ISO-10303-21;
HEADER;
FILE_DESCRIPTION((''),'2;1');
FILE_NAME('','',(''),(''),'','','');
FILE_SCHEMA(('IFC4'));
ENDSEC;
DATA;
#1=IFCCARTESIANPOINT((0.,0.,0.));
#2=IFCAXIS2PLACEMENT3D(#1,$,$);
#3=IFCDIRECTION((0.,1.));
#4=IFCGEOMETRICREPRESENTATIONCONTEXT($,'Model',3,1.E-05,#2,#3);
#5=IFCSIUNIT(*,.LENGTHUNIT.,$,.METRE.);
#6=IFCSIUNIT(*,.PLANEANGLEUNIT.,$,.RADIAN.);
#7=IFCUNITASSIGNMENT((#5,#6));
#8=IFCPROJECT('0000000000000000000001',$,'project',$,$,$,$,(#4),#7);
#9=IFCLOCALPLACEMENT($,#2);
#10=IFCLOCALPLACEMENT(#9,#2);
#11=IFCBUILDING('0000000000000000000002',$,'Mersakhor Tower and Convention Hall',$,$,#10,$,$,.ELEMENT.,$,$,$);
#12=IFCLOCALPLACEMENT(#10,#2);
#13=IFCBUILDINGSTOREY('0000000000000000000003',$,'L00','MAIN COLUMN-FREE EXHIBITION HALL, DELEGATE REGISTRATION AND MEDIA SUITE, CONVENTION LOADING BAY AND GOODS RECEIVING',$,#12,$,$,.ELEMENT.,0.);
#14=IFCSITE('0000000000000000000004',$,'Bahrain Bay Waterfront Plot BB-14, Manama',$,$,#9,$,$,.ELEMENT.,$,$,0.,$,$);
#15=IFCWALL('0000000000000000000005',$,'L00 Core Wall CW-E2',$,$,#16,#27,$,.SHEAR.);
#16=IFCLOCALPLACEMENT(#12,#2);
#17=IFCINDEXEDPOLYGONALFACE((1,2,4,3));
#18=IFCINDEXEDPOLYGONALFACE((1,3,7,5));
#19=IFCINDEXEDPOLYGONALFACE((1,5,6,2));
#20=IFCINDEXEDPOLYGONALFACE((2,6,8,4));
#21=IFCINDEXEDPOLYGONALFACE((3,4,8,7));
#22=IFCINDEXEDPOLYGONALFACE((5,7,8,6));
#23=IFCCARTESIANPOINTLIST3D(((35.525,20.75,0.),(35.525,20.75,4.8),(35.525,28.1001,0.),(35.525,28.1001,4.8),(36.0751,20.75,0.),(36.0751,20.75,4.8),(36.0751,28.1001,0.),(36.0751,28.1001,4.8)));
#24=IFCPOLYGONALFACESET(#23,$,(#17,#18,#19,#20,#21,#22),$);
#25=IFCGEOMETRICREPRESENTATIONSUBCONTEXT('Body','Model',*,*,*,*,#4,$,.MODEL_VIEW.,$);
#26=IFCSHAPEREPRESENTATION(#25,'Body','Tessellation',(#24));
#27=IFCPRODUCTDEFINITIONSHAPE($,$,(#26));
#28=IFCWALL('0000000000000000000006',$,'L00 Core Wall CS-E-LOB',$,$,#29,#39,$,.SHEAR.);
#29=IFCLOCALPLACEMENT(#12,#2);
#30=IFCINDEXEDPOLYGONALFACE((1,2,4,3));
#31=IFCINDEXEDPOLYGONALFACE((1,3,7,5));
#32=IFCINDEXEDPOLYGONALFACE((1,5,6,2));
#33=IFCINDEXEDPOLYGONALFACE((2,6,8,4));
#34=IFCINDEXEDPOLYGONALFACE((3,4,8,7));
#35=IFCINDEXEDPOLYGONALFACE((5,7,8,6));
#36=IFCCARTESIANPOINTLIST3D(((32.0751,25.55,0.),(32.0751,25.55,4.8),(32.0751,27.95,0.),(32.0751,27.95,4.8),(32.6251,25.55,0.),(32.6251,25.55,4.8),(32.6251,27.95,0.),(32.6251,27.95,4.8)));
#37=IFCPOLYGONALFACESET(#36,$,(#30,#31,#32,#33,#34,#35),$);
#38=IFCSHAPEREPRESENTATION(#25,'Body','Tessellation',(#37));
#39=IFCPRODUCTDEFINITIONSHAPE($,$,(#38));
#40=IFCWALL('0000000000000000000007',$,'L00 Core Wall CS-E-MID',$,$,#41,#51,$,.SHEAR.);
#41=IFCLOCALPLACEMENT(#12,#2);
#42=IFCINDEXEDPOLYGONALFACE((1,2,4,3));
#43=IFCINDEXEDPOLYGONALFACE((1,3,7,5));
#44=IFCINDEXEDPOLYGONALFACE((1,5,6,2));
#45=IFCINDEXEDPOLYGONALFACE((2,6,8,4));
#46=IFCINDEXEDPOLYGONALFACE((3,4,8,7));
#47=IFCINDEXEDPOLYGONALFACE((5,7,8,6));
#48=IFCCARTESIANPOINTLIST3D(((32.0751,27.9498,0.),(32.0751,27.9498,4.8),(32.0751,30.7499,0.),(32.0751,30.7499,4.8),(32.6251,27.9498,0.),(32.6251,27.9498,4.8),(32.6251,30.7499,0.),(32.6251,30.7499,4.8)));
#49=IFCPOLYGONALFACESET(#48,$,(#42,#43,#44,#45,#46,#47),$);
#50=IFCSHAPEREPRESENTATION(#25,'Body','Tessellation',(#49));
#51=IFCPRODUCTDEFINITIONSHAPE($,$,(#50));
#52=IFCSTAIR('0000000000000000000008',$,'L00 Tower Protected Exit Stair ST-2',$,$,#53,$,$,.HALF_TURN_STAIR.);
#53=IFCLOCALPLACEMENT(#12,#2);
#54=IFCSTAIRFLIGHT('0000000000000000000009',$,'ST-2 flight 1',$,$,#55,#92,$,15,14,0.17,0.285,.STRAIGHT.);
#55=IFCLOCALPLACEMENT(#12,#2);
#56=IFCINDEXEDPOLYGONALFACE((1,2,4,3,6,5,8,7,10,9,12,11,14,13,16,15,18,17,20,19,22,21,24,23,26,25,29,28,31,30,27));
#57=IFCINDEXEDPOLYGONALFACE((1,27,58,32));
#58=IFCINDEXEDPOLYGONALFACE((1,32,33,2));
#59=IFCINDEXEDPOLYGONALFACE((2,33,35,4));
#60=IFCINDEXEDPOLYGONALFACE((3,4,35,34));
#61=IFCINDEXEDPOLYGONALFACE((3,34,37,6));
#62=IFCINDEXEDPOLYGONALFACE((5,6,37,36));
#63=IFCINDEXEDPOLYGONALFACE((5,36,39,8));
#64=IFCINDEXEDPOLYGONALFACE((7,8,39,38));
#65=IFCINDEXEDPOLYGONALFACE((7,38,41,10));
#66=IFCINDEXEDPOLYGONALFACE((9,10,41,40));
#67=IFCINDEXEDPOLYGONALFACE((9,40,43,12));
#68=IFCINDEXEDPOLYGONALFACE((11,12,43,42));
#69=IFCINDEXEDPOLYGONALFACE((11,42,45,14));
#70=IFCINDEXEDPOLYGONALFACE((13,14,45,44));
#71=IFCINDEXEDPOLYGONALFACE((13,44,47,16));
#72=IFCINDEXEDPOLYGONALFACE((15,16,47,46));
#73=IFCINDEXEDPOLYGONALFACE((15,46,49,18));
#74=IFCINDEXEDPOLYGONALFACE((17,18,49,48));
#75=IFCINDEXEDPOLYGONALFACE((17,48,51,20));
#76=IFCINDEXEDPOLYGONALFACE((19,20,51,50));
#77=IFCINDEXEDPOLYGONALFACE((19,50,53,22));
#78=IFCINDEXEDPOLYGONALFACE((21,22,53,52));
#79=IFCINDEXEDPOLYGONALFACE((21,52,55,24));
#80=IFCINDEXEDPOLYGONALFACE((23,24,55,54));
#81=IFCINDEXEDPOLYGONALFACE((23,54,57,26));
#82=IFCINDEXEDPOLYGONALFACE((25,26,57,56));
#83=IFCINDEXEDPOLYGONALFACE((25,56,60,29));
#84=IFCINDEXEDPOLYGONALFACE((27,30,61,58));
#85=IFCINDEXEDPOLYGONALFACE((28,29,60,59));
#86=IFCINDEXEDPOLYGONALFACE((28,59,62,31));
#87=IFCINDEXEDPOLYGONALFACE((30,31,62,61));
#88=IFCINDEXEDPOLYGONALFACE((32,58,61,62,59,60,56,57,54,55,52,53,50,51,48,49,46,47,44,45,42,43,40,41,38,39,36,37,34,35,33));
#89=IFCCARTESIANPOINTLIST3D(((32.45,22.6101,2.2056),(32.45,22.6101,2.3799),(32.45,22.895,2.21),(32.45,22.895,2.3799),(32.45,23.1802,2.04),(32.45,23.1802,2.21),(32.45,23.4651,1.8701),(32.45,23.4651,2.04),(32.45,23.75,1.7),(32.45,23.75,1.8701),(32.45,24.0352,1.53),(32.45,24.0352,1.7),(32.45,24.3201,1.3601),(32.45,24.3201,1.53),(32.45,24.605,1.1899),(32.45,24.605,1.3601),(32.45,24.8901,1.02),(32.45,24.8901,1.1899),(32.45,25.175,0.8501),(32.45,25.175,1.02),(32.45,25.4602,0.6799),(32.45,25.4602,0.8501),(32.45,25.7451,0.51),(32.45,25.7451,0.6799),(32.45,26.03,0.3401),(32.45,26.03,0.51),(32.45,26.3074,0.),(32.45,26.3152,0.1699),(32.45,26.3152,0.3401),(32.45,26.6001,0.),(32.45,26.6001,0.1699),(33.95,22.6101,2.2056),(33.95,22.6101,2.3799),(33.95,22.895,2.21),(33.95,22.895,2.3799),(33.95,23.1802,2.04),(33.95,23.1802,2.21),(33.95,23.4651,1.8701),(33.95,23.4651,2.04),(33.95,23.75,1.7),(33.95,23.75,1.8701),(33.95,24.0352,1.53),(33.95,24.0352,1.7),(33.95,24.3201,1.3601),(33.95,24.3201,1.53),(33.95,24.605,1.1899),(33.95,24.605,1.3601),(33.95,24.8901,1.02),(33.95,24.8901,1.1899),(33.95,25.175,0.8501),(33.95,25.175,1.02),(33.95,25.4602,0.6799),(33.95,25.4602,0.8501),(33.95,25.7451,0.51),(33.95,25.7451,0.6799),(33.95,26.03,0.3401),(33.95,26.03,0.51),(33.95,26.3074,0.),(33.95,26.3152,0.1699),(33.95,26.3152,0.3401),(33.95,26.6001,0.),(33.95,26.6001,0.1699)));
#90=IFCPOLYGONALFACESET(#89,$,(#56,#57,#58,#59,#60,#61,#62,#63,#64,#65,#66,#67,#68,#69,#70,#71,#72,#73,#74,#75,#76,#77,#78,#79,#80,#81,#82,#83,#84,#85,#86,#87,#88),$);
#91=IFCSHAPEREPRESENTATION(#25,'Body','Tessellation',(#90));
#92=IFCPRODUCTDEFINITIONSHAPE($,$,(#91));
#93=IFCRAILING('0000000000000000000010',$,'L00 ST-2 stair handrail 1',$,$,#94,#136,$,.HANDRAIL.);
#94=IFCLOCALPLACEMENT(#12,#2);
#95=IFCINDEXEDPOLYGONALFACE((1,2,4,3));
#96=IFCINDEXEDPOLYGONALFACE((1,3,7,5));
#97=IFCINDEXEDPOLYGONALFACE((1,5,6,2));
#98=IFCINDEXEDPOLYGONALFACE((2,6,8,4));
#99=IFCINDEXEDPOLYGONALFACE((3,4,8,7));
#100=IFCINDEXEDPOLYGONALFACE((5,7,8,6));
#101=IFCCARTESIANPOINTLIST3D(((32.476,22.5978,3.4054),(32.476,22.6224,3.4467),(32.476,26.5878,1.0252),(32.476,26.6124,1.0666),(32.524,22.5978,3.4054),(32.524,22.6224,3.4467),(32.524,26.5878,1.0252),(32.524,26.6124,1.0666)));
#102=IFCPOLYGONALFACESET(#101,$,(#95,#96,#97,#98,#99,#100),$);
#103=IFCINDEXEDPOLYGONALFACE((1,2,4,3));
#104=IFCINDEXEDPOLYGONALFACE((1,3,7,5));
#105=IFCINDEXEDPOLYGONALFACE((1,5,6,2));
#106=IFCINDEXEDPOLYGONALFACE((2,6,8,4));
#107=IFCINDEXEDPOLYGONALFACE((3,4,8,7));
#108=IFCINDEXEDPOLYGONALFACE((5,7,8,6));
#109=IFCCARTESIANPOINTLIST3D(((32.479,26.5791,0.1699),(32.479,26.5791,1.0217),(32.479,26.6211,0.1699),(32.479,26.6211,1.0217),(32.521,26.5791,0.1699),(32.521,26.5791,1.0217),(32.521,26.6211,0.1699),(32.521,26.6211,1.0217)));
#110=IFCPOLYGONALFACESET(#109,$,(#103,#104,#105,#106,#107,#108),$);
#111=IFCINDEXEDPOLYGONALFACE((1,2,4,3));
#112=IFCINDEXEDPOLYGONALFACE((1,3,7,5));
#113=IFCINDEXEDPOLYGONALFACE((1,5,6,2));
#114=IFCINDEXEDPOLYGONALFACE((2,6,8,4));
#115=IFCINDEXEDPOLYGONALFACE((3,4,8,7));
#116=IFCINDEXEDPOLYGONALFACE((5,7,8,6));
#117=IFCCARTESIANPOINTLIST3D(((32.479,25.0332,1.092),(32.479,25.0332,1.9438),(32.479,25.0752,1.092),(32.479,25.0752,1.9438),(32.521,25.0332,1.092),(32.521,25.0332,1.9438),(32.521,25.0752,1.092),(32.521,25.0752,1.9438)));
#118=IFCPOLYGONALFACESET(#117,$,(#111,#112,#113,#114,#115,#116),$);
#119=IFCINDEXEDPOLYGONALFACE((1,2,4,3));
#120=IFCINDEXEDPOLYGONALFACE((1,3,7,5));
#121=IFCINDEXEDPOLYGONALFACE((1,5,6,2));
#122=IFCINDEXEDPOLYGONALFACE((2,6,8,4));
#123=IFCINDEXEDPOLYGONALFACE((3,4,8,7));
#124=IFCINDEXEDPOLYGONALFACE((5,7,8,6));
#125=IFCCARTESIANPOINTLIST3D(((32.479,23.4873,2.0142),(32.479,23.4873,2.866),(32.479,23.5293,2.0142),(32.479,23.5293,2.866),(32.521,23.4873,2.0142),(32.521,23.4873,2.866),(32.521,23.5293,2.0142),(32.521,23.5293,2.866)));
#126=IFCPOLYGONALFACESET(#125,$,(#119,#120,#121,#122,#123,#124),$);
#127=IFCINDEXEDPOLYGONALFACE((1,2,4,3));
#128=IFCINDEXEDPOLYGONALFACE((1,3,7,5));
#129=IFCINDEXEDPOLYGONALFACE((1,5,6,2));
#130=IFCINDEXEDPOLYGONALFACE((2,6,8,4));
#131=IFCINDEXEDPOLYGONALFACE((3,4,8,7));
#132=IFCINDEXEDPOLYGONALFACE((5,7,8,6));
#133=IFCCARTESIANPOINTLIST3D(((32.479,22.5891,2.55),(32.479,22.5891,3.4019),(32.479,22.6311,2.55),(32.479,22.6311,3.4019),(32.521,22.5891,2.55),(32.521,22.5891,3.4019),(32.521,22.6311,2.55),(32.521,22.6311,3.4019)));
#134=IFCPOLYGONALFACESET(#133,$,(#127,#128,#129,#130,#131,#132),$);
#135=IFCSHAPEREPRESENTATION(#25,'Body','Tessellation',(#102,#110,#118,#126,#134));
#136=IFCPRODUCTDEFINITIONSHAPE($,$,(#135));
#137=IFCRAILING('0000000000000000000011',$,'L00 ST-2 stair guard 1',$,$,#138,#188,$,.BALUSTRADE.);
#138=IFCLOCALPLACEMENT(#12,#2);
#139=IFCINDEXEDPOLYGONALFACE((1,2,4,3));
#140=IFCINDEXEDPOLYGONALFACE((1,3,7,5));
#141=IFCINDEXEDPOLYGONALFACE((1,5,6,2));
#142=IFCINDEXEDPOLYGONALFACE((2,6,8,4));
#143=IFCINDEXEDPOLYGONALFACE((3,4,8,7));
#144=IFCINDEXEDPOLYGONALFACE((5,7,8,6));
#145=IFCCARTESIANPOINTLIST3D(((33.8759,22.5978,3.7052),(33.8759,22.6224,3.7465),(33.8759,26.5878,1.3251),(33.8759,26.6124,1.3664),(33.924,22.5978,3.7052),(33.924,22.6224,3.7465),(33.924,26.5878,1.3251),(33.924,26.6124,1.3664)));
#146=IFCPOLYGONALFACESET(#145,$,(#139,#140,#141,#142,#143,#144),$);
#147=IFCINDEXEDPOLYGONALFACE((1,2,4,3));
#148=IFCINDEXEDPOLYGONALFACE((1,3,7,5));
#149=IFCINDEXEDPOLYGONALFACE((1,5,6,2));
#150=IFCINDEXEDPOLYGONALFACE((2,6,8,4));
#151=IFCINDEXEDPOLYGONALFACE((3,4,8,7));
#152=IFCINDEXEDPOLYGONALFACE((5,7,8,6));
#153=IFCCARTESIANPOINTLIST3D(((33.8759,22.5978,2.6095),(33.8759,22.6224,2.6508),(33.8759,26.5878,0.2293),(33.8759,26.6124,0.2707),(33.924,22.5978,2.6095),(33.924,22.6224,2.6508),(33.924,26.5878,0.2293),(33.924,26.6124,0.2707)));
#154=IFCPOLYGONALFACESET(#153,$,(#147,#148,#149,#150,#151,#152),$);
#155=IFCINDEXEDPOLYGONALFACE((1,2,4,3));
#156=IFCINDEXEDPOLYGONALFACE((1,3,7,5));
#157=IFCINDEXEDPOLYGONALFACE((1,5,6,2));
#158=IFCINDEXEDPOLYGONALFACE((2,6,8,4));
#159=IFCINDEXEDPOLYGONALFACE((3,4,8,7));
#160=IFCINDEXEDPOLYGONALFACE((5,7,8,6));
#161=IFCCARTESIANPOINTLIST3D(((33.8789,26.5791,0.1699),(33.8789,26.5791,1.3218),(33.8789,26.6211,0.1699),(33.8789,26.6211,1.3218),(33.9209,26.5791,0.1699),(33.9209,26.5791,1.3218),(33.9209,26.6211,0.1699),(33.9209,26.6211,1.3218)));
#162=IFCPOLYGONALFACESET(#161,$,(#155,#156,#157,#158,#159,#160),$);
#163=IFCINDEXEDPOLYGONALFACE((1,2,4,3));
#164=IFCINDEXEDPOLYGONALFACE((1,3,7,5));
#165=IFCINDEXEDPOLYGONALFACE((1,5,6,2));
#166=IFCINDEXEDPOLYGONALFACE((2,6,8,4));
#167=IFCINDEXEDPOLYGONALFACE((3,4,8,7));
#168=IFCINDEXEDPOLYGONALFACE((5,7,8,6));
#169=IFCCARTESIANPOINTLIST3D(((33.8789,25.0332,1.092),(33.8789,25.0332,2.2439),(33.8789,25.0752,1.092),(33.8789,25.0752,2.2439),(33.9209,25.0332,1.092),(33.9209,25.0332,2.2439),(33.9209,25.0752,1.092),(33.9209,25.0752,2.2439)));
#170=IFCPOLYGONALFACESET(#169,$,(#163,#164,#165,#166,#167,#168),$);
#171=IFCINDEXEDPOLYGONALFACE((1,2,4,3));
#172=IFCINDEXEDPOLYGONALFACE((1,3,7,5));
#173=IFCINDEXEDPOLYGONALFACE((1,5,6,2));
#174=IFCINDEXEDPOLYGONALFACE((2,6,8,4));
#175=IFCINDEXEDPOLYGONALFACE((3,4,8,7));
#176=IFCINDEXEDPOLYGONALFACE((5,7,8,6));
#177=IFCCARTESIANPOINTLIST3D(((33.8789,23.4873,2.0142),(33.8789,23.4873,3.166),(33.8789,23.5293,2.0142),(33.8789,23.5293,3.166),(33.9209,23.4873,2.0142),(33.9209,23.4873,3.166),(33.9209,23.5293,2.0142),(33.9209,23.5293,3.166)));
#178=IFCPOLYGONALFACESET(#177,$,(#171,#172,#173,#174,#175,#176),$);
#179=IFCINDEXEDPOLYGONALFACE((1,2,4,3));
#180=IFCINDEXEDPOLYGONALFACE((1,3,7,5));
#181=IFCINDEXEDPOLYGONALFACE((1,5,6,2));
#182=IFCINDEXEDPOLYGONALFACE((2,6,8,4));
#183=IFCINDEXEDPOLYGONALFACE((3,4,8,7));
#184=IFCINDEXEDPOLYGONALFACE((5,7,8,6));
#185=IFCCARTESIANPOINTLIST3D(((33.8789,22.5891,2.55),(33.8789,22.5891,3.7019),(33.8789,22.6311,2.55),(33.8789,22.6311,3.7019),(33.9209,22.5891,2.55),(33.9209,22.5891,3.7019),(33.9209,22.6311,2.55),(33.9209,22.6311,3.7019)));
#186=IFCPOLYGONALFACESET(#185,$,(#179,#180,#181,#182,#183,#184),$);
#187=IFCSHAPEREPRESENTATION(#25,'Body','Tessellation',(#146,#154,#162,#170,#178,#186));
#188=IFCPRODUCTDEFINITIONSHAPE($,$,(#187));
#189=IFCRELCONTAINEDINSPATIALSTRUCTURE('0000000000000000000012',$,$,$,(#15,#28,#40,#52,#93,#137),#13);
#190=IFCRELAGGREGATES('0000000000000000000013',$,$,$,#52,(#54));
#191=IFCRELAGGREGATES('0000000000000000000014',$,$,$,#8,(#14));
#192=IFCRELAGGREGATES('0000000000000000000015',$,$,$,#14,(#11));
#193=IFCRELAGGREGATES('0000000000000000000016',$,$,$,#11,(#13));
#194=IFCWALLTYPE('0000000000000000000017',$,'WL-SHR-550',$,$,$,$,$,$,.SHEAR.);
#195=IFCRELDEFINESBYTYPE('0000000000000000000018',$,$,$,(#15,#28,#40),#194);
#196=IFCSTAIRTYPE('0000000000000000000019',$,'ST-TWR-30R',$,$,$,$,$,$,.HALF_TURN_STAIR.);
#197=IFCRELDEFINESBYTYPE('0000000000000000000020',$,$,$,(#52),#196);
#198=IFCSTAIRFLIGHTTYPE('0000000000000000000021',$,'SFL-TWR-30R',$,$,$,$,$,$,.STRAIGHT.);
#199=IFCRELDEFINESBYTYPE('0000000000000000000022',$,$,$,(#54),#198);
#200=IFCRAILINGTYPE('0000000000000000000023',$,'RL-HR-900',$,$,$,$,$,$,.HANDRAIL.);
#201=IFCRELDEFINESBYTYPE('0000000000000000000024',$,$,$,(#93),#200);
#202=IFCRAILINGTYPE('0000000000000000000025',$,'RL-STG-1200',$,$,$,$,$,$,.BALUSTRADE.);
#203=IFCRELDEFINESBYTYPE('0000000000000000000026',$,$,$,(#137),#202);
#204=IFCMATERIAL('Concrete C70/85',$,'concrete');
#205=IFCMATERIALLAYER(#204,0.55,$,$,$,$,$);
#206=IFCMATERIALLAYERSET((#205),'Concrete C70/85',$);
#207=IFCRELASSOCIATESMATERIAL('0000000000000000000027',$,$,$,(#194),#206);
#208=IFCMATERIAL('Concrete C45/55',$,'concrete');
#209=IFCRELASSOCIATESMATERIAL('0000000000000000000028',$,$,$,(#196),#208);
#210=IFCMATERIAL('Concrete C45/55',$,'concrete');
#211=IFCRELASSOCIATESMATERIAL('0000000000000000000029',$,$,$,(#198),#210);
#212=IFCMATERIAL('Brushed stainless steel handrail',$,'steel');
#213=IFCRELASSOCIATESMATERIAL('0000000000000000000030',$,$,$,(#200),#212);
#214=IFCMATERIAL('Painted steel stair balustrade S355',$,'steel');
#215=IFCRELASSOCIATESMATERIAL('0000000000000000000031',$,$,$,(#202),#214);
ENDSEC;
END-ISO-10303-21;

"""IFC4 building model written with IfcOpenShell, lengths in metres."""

from ifc_helpers import new_model, si_unit, direction, frame, frame_2d, origin, origin_2d, place, context, subcontext, project, spatial, polyline, rectangle, outline, extrude, material, layer, layer_set, type_object, element, aggregate, save


model = new_model("IFC4")

# Units and contexts
model_context = context("Model", 3, precision=1e-05, world=origin(), true_north=direction((0.0, 1.0)))
body_context = subcontext(model_context, "Body", "Model", "MODEL_VIEW")
ifc_project = project(units=[si_unit("LENGTHUNIT", "METRE"), si_unit("PLANEANGLEUNIT", "RADIAN")], contexts=[model_context])

# Site, building, storey
site_placement = place(None, origin())
site = spatial("IfcSite", under=ifc_project, at=site_placement, Name="Bahrain Bay Waterfront Plot BB-14, Manama", CompositionType="ELEMENT", RefElevation=0.0)
building_placement = place(site_placement, origin())
building = spatial("IfcBuilding", under=site, at=building_placement, Name="Mersakhor Tower and Convention Hall", CompositionType="ELEMENT")
storey_placement = place(building_placement, origin())
storey = spatial("IfcBuildingStorey", under=building, at=storey_placement, Name="L00", Description="MAIN COLUMN-FREE EXHIBITION HALL, DELEGATE REGISTRATION AND MEDIA SUITE, CONVENTION LOADING BAY AND GOODS RECEIVING", CompositionType="ELEMENT", Elevation=0.0)

# Shared definitions
ifc_material_1 = material(Name="Concrete C70/85", Category="concrete")
ifc_layer_1 = layer(ifc_material_1, 0.55)
ifc_layer_set_1 = layer_set([ifc_layer_1], Name="Concrete C70/85")
wall_type_1 = type_object("IfcWallType", Name="WL-SHR-550", PredefinedType="SHEAR", material=ifc_layer_set_1)

# Walls
wall_1_placement = place(storey_placement, frame((35.8, 28.1001, 0.0), z_axis=(0.0, 0.0, 1.0), x_axis=(0.0, -1.0, 0.0)))
element("IfcWall", 1, at=wall_1_placement, inside=storey, type_object=wall_type_1, Name="L00 Core Wall CW-E2", PredefinedType="SHEAR", context=body_context, shape_type="SweptSolid", body=[
    extrude(rectangle(XDim=7.3501, YDim=0.55, at=frame_2d((3.675, 0.0))), origin(), (0.0, 0.0, 1.0), 4.8),
])
wall_2_placement = place(storey_placement, frame((32.3501, 25.55, 0.0), z_axis=(0.0, 0.0, 1.0), x_axis=(0.0, 1.0, 0.0)))
element("IfcWall", 2, at=wall_2_placement, inside=storey, type_object=wall_type_1, Name="L00 Core Wall CS-E-LOB", PredefinedType="SHEAR", context=body_context, shape_type="SweptSolid", body=[
    extrude(rectangle(XDim=2.3999, YDim=0.55, at=frame_2d((1.2, 0.0))), origin(), (0.0, 0.0, 1.0), 4.8),
])
wall_3_placement = place(storey_placement, frame((32.3501, 27.95, 0.0), z_axis=(0.0, 0.0, 1.0), x_axis=(0.0, 1.0, 0.0)))
element("IfcWall", 3, at=wall_3_placement, inside=storey, type_object=wall_type_1, Name="L00 Core Wall CS-E-MID", PredefinedType="SHEAR", context=body_context, shape_type="SweptSolid", body=[
    extrude(rectangle(XDim=2.8, YDim=0.55, at=frame_2d((1.3999, 0.0))), origin(), (0.0, 0.0, 1.0), 4.8),
])

# Stair, stair flight
ifc_material_2 = material(Name="Concrete C45/55", Category="concrete")
stair_type = type_object("IfcStairType", Name="ST-TWR-30R", PredefinedType="HALF_TURN_STAIR", material=ifc_material_2)
stair_placement = place(storey_placement, origin())
stair = element("IfcStair", 4, at=stair_placement, inside=storey, type_object=stair_type, Name="L00 Tower Protected Exit Stair ST-2", PredefinedType="HALF_TURN_STAIR")
ifc_material_3 = material(Name="Concrete C45/55", Category="concrete")
stair_flight_type = type_object("IfcStairFlightType", Name="SFL-TWR-30R", PredefinedType="STRAIGHT", material=ifc_material_3)
stair_flight_placement = place(storey_placement, frame((33.2, 26.6001, 0.0), z_axis=(0.0, 0.0, 1.0), x_axis=(0.0, -1.0, 0.0)))
stair_flight = element("IfcStairFlight", 5, at=stair_flight_placement, type_object=stair_flight_type, Name="ST-2 flight 1", NumberOfRisers=15, NumberOfTreads=14, PredefinedType="STRAIGHT", RiserHeight=0.17, TreadLength=0.285, context=body_context, shape_type="SweptSolid", body=[
    extrude(outline(polyline([(0.0, 0.0), (0.0, 0.1699), (0.2849, 0.1699), (0.2849, 0.3401), (0.5701, 0.3401), (0.5701, 0.51), (0.855, 0.51), (0.855, 0.6799), (1.1399, 0.6799), (1.1399, 0.8501), (1.425, 0.8501), (1.425, 1.02), (1.71, 1.02), (1.71, 1.1899), (1.9951, 1.1899), (1.9951, 1.3601), (2.28, 1.3601), (2.28, 1.53), (2.5649, 1.53), (2.5649, 1.7), (2.8501, 1.7), (2.8501, 1.8701), (3.135, 1.8701), (3.135, 2.04), (3.4199, 2.04), (3.4199, 2.21), (3.7051, 2.21), (3.7051, 2.3799), (3.99, 2.3799), (3.99, 2.55), (3.99, 2.2056), (0.2927, 0.0), (0.0, 0.0)])), frame((0.0, 0.75, 0.0), z_axis=(0.0, -1.0, 0.0), x_axis=(1.0, 0.0, 0.0)), (0.0, 0.0, 1.0), 1.5),
])
aggregate(stair, [stair_flight])

# Railings
ifc_material_4 = material(Name="Brushed stainless steel handrail", Category="steel")
railing_type_1 = type_object("IfcRailingType", Name="RL-HR-900", PredefinedType="HANDRAIL", material=ifc_material_4)
railing_1_placement = place(storey_placement, frame((32.5, 26.6001, 0.1699)))
element("IfcRailing", 6, at=railing_1_placement, inside=storey, type_object=railing_type_1, Name="L00 ST-2 stair handrail 1", PredefinedType="HANDRAIL", context=body_context, shape_type="SweptSolid", body=[
    extrude(rectangle(XDim=0.0481, YDim=0.0481, at=origin_2d()), frame((0.0, 0.0, 0.876), z_axis=(0.0, -0.858807, 0.512299), x_axis=(1.0, 0.0, 0.0)), (0.0, 0.0, 1.0), 4.646),
    extrude(rectangle(XDim=0.042, YDim=0.042, at=origin_2d()), origin(), (0.0, 0.0, 1.0), 0.8518),
    extrude(rectangle(XDim=0.042, YDim=0.042, at=origin_2d()), frame((0.0, -1.5459, 0.9221)), (0.0, 0.0, 1.0), 0.8518),
    extrude(rectangle(XDim=0.042, YDim=0.042, at=origin_2d()), frame((0.0, -3.0918, 1.8442)), (0.0, 0.0, 1.0), 0.8518),
    extrude(rectangle(XDim=0.042, YDim=0.042, at=origin_2d()), frame((0.0, -3.99, 2.3801)), (0.0, 0.0, 1.0), 0.8518),
])
ifc_material_5 = material(Name="Painted steel stair balustrade S355", Category="steel")
railing_type_2 = type_object("IfcRailingType", Name="RL-STG-1200", PredefinedType="BALUSTRADE", material=ifc_material_5)
railing_2_placement = place(storey_placement, frame((33.8999, 26.6001, 0.1699)))
element("IfcRailing", 7, at=railing_2_placement, inside=storey, type_object=railing_type_2, Name="L00 ST-2 stair guard 1", PredefinedType="BALUSTRADE", context=body_context, shape_type="SweptSolid", body=[
    extrude(rectangle(XDim=0.0481, YDim=0.0481, at=origin_2d()), frame((0.0, 0.0, 1.1758), z_axis=(0.0, -0.858807, 0.512299), x_axis=(1.0, 0.0, 0.0)), (0.0, 0.0, 1.0), 4.646),
    extrude(rectangle(XDim=0.0481, YDim=0.0481, at=origin_2d()), frame((0.0, 0.0, 0.0801), z_axis=(0.0, -0.858807, 0.512299), x_axis=(1.0, 0.0, 0.0)), (0.0, 0.0, 1.0), 4.646),
    extrude(rectangle(XDim=0.042, YDim=0.042, at=origin_2d()), origin(), (0.0, 0.0, 1.0), 1.1519),
    extrude(rectangle(XDim=0.042, YDim=0.042, at=origin_2d()), frame((0.0, -1.5459, 0.9221)), (0.0, 0.0, 1.0), 1.1519),
    extrude(rectangle(XDim=0.042, YDim=0.042, at=origin_2d()), frame((0.0, -3.0918, 1.8442)), (0.0, 0.0, 1.0), 1.1519),
    extrude(rectangle(XDim=0.042, YDim=0.042, at=origin_2d()), frame((0.0, -3.99, 2.3801)), (0.0, 0.0, 1.0), 1.1519),
])

save(model, "model.ifc")
